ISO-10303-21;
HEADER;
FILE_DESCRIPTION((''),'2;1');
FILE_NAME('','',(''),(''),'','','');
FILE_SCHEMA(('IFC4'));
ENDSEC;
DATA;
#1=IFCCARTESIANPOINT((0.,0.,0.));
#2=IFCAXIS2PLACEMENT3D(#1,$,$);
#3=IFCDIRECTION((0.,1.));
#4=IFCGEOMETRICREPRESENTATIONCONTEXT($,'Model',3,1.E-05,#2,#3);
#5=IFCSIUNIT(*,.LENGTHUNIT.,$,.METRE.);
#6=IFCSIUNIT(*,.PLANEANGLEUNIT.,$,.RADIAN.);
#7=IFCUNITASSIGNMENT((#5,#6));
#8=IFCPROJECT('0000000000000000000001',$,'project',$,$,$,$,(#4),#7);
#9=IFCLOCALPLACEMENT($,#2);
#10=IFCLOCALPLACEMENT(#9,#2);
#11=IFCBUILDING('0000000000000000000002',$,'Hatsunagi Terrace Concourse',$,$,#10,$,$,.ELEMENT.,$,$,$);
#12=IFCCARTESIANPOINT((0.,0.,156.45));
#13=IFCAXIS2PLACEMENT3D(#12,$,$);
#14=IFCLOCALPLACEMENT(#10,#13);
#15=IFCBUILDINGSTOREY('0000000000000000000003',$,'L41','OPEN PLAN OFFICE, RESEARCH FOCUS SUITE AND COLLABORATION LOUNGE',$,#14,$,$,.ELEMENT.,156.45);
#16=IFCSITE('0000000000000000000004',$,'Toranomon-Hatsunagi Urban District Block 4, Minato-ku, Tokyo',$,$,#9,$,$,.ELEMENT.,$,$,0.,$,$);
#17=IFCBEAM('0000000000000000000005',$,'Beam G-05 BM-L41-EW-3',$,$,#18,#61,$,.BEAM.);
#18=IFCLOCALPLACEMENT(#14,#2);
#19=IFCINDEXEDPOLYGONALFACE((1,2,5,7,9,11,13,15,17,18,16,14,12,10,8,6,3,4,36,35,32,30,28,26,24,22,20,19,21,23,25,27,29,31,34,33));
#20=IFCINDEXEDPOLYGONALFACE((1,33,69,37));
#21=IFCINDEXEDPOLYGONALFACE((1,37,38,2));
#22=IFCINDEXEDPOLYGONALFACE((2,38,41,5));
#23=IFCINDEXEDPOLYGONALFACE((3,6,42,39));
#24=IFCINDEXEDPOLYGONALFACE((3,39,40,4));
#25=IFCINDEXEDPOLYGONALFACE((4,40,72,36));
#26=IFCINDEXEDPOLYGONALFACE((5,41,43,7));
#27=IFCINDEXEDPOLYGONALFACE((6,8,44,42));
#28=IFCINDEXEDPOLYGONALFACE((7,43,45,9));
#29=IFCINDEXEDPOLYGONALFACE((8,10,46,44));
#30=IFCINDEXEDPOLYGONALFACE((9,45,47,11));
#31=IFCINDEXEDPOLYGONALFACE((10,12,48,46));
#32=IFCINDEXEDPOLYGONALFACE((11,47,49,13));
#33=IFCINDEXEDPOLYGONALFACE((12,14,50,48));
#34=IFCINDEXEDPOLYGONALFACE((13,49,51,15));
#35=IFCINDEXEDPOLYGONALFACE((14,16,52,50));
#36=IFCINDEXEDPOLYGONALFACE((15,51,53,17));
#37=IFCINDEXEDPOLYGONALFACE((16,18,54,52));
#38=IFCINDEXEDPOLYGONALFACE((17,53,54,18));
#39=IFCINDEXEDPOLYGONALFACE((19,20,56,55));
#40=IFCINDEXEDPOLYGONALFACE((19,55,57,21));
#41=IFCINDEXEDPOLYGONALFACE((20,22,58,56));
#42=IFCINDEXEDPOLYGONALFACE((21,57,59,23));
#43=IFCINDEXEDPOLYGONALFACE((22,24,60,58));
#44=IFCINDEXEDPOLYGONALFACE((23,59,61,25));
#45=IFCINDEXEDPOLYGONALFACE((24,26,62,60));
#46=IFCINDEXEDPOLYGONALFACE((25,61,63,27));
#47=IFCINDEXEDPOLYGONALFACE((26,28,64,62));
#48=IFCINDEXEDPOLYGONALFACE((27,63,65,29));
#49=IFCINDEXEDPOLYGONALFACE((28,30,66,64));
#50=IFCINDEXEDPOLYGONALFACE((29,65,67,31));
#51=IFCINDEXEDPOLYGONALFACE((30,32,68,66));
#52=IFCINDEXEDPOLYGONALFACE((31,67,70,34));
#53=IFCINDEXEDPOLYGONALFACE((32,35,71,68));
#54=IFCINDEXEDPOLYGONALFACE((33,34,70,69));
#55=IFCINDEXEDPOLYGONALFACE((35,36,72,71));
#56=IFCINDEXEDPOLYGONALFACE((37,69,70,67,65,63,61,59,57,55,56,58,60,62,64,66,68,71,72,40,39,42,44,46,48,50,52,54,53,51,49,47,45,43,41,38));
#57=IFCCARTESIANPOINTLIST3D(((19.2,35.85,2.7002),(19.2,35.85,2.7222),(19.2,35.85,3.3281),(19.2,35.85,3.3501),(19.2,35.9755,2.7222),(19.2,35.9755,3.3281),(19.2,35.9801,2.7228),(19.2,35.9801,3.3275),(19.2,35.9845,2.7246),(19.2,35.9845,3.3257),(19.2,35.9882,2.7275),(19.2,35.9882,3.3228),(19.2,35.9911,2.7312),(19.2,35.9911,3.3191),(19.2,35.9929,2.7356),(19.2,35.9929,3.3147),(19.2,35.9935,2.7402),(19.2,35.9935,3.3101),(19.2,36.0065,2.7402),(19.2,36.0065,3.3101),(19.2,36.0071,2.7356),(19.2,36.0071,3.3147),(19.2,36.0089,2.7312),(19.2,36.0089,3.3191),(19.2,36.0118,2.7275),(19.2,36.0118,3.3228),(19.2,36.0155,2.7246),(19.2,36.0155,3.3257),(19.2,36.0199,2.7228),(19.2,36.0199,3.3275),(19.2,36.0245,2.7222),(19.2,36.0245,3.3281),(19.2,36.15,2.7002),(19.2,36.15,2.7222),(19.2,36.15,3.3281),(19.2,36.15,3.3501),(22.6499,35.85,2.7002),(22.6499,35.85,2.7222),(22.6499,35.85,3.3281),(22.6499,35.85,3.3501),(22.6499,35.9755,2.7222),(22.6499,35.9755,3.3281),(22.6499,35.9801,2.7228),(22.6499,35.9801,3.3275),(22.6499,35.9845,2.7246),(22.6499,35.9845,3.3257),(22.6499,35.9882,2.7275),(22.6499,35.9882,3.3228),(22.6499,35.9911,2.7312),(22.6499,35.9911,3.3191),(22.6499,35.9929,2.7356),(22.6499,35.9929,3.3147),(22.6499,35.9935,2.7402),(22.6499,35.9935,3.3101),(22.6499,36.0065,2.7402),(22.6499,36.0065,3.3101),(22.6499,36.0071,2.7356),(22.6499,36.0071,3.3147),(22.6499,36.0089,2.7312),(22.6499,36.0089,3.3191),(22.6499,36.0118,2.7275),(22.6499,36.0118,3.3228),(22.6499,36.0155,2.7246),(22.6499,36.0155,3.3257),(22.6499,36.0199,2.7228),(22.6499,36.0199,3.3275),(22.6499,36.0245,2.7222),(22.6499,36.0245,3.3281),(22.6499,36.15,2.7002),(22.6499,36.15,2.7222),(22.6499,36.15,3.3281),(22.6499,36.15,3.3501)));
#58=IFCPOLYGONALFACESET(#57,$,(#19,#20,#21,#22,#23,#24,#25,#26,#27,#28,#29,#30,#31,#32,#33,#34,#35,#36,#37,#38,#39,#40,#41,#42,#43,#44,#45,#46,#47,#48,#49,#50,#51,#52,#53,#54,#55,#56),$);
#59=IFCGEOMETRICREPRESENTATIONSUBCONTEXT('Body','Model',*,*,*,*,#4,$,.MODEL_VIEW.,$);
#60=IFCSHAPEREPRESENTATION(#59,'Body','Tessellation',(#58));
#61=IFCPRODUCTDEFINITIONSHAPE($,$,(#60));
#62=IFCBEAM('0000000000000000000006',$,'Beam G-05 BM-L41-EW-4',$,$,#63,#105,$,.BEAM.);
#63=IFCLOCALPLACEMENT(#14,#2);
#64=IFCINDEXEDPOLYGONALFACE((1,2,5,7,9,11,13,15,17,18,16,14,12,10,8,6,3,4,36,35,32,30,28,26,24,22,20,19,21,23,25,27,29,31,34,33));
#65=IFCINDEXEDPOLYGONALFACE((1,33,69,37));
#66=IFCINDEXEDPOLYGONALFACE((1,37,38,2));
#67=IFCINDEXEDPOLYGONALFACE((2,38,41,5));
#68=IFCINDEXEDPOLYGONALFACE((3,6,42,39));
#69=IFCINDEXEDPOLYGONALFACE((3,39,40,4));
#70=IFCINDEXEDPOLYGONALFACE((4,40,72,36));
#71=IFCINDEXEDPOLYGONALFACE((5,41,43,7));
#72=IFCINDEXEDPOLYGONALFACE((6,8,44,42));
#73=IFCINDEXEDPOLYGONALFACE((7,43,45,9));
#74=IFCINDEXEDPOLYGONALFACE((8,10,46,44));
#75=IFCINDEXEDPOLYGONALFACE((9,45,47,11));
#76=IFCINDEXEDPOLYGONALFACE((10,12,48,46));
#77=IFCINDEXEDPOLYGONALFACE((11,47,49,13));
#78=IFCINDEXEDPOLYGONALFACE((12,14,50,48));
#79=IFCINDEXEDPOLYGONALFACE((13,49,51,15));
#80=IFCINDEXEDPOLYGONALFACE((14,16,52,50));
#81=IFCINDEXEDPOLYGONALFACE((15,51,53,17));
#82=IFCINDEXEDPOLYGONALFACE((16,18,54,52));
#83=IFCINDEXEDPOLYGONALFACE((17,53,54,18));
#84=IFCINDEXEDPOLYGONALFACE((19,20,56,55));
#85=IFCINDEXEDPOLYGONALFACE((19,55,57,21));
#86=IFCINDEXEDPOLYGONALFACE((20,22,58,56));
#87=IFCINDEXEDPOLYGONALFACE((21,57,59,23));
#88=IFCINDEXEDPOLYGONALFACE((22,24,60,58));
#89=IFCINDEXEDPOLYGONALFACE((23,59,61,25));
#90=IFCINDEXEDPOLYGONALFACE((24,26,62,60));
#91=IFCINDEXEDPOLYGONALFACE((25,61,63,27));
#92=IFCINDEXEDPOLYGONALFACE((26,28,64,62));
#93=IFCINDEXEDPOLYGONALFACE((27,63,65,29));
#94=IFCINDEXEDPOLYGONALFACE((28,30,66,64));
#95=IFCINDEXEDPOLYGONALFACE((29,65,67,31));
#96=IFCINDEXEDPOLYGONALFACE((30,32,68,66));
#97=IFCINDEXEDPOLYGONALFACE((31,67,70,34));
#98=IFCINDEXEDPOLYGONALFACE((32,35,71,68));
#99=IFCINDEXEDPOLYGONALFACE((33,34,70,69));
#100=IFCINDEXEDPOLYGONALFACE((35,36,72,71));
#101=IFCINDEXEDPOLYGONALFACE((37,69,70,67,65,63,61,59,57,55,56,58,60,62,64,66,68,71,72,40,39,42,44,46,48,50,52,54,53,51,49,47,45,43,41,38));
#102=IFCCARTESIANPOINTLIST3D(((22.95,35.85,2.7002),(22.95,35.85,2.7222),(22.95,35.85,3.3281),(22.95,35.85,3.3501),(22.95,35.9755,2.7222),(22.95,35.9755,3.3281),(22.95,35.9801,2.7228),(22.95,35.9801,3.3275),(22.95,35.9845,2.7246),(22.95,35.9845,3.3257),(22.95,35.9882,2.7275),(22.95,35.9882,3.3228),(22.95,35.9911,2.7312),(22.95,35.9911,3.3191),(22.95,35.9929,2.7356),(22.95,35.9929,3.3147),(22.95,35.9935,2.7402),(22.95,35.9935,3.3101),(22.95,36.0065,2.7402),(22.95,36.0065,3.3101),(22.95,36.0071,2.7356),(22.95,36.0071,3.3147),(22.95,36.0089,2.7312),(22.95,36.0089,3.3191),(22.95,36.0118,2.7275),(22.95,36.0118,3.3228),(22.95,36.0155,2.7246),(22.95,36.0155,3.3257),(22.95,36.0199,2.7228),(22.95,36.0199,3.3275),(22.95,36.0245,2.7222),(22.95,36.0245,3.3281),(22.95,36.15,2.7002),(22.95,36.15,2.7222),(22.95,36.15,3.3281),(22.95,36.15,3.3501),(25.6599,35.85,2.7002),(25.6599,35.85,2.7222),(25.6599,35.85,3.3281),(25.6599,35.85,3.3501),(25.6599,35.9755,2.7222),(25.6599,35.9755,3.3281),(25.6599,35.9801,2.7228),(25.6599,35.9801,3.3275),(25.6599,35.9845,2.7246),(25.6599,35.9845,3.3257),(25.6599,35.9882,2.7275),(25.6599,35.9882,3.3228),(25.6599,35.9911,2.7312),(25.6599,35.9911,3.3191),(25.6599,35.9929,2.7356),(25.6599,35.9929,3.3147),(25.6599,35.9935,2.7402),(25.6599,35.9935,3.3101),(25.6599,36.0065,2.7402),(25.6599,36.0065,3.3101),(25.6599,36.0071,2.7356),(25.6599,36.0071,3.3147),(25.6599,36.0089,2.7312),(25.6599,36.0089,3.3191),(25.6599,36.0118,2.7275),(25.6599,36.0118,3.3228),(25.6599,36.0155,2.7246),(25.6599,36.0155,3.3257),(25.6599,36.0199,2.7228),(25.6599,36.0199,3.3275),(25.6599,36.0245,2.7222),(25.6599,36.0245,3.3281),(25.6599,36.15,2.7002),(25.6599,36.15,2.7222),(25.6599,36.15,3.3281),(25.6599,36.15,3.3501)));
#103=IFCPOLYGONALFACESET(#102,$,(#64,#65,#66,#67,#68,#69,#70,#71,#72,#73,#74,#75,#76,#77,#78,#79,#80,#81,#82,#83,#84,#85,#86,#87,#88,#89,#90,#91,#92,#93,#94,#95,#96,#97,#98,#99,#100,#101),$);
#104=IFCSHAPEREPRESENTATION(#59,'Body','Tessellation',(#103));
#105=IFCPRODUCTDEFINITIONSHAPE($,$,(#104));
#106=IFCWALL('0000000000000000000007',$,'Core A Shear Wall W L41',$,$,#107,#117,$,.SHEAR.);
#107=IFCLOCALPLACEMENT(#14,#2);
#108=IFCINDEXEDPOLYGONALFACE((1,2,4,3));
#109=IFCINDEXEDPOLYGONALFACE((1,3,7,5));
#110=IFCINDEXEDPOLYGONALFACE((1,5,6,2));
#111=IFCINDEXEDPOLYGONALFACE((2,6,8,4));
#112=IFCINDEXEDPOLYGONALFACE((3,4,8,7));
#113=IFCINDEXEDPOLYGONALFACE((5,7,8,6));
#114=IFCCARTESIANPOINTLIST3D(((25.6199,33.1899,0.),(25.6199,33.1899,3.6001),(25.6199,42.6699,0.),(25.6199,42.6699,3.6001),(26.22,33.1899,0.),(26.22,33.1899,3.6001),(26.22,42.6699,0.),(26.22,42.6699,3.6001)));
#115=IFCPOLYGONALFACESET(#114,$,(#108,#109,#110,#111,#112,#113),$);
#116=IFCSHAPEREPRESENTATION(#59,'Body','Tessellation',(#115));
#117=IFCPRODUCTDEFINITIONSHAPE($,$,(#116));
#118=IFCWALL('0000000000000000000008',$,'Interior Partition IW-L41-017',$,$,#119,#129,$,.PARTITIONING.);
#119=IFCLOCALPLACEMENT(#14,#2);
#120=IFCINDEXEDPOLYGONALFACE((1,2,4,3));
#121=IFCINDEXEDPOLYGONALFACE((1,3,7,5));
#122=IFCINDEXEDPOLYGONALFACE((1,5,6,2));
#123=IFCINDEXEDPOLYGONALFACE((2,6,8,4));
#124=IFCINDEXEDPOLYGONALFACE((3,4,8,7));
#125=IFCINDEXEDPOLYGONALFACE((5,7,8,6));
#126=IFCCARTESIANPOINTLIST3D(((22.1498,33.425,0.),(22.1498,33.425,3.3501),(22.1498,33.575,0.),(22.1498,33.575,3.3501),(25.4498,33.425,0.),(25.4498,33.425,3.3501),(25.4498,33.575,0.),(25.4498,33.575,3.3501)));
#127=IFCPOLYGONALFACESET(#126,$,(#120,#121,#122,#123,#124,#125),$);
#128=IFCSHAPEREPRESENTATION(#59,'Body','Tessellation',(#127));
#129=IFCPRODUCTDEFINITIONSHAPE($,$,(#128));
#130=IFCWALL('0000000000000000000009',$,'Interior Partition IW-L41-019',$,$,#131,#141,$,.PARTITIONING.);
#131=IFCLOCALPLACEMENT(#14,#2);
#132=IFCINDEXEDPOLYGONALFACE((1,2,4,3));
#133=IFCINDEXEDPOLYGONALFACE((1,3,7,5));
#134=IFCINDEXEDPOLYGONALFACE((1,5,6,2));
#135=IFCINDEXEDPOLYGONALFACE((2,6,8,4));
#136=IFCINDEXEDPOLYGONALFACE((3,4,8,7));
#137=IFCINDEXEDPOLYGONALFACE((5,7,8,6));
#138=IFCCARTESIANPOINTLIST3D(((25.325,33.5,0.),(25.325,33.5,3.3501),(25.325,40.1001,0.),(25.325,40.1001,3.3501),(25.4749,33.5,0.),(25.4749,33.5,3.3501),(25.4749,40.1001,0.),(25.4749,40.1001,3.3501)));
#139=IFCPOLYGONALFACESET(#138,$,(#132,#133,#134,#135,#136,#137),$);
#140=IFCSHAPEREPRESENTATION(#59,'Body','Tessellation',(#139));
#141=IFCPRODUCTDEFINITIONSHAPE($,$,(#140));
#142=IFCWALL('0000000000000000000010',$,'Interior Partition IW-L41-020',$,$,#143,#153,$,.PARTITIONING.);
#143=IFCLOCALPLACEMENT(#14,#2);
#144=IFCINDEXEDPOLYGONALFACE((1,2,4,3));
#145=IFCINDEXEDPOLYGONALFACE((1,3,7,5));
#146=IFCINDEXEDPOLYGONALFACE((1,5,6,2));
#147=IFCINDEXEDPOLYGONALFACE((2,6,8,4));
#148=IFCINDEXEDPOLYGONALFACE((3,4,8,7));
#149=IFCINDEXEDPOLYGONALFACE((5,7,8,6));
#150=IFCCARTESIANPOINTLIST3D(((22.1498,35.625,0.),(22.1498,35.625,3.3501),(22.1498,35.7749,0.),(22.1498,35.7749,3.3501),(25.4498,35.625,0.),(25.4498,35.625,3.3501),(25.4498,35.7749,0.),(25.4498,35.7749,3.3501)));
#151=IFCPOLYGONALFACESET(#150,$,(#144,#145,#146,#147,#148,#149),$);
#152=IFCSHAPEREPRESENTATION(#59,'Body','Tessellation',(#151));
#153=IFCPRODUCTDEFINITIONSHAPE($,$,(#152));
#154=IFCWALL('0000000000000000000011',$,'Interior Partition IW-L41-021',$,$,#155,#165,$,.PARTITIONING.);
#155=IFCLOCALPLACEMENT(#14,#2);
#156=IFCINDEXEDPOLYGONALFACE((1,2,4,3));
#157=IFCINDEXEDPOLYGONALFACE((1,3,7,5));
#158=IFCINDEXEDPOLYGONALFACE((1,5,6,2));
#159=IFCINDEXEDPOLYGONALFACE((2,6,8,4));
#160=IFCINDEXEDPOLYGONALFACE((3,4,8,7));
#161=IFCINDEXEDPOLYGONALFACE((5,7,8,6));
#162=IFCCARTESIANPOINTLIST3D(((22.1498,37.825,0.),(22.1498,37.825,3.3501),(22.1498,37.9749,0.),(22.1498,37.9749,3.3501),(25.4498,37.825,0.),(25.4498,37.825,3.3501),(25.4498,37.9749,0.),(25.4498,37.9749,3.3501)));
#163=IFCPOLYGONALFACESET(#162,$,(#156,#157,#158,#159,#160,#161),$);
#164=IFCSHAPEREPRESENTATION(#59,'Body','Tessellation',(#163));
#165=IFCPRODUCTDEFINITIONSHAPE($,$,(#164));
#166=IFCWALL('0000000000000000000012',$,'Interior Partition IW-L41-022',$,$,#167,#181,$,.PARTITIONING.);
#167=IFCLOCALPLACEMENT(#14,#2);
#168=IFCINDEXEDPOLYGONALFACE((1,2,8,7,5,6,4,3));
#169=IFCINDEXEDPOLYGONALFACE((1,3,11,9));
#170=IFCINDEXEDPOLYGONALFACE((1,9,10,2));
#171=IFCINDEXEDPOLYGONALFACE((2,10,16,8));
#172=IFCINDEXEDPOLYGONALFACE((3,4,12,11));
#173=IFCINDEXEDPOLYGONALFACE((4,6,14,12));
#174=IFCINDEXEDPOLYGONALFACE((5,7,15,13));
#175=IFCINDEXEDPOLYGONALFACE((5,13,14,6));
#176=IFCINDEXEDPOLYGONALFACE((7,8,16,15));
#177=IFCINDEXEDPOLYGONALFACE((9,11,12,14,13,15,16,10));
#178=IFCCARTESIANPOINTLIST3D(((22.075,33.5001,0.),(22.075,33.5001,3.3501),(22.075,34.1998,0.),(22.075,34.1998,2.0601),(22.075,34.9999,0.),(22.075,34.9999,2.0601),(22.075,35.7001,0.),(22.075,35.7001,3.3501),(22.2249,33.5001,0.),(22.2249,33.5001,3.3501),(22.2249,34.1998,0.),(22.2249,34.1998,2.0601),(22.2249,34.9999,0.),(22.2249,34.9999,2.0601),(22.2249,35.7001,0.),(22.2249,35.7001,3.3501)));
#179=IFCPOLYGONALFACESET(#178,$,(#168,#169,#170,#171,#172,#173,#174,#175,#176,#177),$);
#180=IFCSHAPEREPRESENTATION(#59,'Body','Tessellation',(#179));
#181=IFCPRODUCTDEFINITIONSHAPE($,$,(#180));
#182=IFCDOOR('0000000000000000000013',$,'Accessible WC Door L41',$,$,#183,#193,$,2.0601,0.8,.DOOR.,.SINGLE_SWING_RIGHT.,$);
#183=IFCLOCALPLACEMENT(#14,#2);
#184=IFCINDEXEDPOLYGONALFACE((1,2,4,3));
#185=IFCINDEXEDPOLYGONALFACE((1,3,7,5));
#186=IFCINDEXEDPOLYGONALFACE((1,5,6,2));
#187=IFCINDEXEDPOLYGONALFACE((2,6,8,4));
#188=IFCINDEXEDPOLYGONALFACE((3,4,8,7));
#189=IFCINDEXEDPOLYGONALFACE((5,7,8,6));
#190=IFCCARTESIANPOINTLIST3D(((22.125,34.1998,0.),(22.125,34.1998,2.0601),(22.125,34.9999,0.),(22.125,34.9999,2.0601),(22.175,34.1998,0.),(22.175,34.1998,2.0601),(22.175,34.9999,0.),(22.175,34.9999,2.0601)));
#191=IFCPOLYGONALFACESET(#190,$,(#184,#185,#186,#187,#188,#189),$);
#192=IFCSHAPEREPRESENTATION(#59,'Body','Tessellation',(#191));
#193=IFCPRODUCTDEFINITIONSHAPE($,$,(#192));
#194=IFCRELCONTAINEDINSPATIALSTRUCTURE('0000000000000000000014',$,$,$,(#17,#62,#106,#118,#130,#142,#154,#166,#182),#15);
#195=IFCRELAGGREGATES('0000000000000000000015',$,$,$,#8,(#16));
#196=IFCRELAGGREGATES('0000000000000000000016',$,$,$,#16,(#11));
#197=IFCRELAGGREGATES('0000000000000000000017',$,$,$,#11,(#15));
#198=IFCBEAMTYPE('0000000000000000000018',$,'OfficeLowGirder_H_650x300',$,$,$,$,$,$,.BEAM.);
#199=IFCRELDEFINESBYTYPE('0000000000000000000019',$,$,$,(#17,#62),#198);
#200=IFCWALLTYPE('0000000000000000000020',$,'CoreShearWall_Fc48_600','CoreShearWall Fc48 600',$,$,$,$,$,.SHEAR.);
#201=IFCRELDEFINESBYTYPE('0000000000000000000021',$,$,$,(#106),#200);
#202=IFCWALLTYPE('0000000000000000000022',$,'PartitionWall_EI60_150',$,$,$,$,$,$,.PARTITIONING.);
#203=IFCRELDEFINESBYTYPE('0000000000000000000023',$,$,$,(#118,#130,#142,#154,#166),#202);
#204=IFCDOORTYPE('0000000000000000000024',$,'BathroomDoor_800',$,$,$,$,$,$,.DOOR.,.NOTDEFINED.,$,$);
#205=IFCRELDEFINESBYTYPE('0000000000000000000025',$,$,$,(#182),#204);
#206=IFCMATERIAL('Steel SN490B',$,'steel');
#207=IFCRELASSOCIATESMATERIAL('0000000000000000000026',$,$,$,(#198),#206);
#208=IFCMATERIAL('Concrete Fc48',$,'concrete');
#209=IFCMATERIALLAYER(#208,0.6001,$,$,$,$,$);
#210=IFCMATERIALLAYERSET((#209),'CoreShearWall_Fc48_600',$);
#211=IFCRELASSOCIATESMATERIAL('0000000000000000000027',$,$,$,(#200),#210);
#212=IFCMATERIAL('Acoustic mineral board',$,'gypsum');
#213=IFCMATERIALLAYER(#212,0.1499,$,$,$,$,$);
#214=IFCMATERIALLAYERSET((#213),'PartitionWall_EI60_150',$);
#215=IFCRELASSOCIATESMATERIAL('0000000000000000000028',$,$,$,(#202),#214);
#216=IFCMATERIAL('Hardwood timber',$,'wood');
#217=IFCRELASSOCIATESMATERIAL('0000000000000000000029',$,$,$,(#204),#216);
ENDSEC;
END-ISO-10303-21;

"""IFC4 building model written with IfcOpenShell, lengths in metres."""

from ifc_helpers import new_model, si_unit, direction, frame, frame_2d, origin, origin_2d, place, context, subcontext, project, spatial, rectangle, i_section, extrude, material, layer, layer_set, material_profile, profile_set, type_object, element, fill, save


model = new_model("IFC4")

# Units and contexts
model_context = context("Model", 3, precision=1e-05, world=origin(), true_north=direction((0.0, 1.0)))
body_context = subcontext(model_context, "Body", "Model", "MODEL_VIEW")
ifc_project = project(units=[si_unit("LENGTHUNIT", "METRE"), si_unit("PLANEANGLEUNIT", "RADIAN")], contexts=[model_context])

# Site, building, storey
site_placement = place(None, origin())
site = spatial("IfcSite", under=ifc_project, at=site_placement, Name="Toranomon-Hatsunagi Urban District Block 4, Minato-ku, Tokyo", CompositionType="ELEMENT", RefElevation=0.0)
building_placement = place(site_placement, origin())
building = spatial("IfcBuilding", under=site, at=building_placement, Name="Hatsunagi Terrace Concourse", CompositionType="ELEMENT")
storey_placement = place(building_placement, frame((0.0, 0.0, 156.45)))
storey = spatial("IfcBuildingStorey", under=building, at=storey_placement, Name="L41", Description="OPEN PLAN OFFICE, RESEARCH FOCUS SUITE AND COLLABORATION LOUNGE", CompositionType="ELEMENT", Elevation=156.45)

# Beams
ifc_material_1 = material(Name="Steel SN490B", Category="steel")
ifc_material_profile_1 = material_profile(ifc_material_1, i_section(OverallWidth=0.3, OverallDepth=0.6499, WebThickness=0.0129, FlangeThickness=0.022, FilletRadius=0.0181, at=origin_2d()), Name="H-650x300x13x22")
ifc_profile_set_1 = profile_set([ifc_material_profile_1], Name="Steel SN490B")
beam_type_1 = type_object("IfcBeamType", Name="OfficeLowGirder_H_650x300", PredefinedType="BEAM", material=ifc_profile_set_1)
beam_1_placement = place(storey_placement, frame((19.2, 36.0, 3.0251), z_axis=(1.0, 0.0, 0.0), x_axis=(0.0, 1.0, 0.0)))
element("IfcBeam", 1, at=beam_1_placement, inside=storey, type_object=beam_type_1, Name="Beam G-05 BM-L41-EW-3", PredefinedType="BEAM", context=body_context, shape_type="SweptSolid", body=[
    extrude(i_section(OverallWidth=0.3, OverallDepth=0.6499, WebThickness=0.0129, FlangeThickness=0.022, FilletRadius=0.0181, at=origin_2d()), origin(), (0.0, 0.0, 1.0), 3.45),
])
beam_2_placement = place(storey_placement, frame((22.95, 36.0, 3.0251), z_axis=(1.0, 0.0, 0.0), x_axis=(0.0, 1.0, 0.0)))
element("IfcBeam", 2, at=beam_2_placement, inside=storey, type_object=beam_type_1, Name="Beam G-05 BM-L41-EW-4", PredefinedType="BEAM", context=body_context, shape_type="SweptSolid", body=[
    extrude(i_section(OverallWidth=0.3, OverallDepth=0.6499, WebThickness=0.0129, FlangeThickness=0.022, FilletRadius=0.0181, at=origin_2d()), origin(), (0.0, 0.0, 1.0), 2.71),
])

# Shared definitions
ifc_material_2 = material(Name="Concrete Fc48", Category="concrete")
ifc_layer_1 = layer(ifc_material_2, 0.6001)
ifc_layer_set_1 = layer_set([ifc_layer_1], Name="CoreShearWall_Fc48_600")
wall_type_1 = type_object("IfcWallType", Name="CoreShearWall_Fc48_600", Description="CoreShearWall Fc48 600", PredefinedType="SHEAR", material=ifc_layer_set_1)

# Walls
wall_1_placement = place(storey_placement, frame((25.9199, 33.1899, 0.0), z_axis=(0.0, 0.0, 1.0), x_axis=(0.0, 1.0, 0.0)))
element("IfcWall", 3, at=wall_1_placement, inside=storey, type_object=wall_type_1, Name="Core A Shear Wall W L41", PredefinedType="SHEAR", context=body_context, shape_type="SweptSolid", body=[
    extrude(rectangle(XDim=9.48, YDim=0.6001, at=frame_2d((4.74, 0.0))), origin(), (0.0, 0.0, 1.0), 3.6001),
])
ifc_material_3 = material(Name="Acoustic mineral board", Category="gypsum")
ifc_layer_2 = layer(ifc_material_3, 0.1499)
ifc_layer_set_2 = layer_set([ifc_layer_2], Name="PartitionWall_EI60_150")
wall_type_2 = type_object("IfcWallType", Name="PartitionWall_EI60_150", PredefinedType="PARTITIONING", material=ifc_layer_set_2)
wall_2_placement = place(storey_placement, frame((22.1499, 33.5, 0.0), z_axis=(0.0, 0.0, 1.0), x_axis=(1.0, 0.0, 0.0)))
element("IfcWall", 4, at=wall_2_placement, inside=storey, type_object=wall_type_2, Name="Interior Partition IW-L41-017", PredefinedType="PARTITIONING", context=body_context, shape_type="SweptSolid", body=[
    extrude(rectangle(XDim=3.3, YDim=0.1499, at=frame_2d((1.6499, 0.0))), origin(), (0.0, 0.0, 1.0), 3.3501),
])
wall_3_placement = place(storey_placement, frame((25.3999, 33.5, 0.0), z_axis=(0.0, 0.0, 1.0), x_axis=(0.0, 1.0, 0.0)))
element("IfcWall", 5, at=wall_3_placement, inside=storey, type_object=wall_type_2, Name="Interior Partition IW-L41-019", PredefinedType="PARTITIONING", context=body_context, shape_type="SweptSolid", body=[
    extrude(rectangle(XDim=6.6001, YDim=0.1499, at=frame_2d((3.3, 0.0))), origin(), (0.0, 0.0, 1.0), 3.3501),
])
for number, where, z_axis, x_axis, name in (
    (6, (22.1499, 35.7, 0.0), (0.0, 0.0, 1.0), (1.0, 0.0, 0.0), "Interior Partition IW-L41-020"),
    (7, (22.1499, 37.8999, 0.0), (0.0, 0.0, 1.0), (1.0, 0.0, 0.0), "Interior Partition IW-L41-021"),
):
    element("IfcWall", number, at=place(storey_placement, frame(where, z_axis=z_axis, x_axis=x_axis)), inside=storey, type_object=wall_type_2, Name=name, PredefinedType="PARTITIONING", context=body_context, shape_type="SweptSolid", body=[
        extrude(rectangle(XDim=3.3, YDim=0.1499, at=frame_2d((1.6499, 0.0))), origin(), (0.0, 0.0, 1.0), 3.3501),
    ])

# Wall, opening, door
wall_4_placement = place(storey_placement, frame((22.1499, 33.5, 0.0), z_axis=(0.0, 0.0, 1.0), x_axis=(0.0, 1.0, 0.0)))
wall_4 = element("IfcWall", 8, at=wall_4_placement, inside=storey, type_object=wall_type_2, Name="Interior Partition IW-L41-022", PredefinedType="PARTITIONING", context=body_context, shape_type="SweptSolid", body=[
    extrude(rectangle(XDim=2.2, YDim=0.1499, at=frame_2d((1.1001, 0.0))), origin(), (0.0, 0.0, 1.0), 3.3501),
])
opening_1_placement = place(wall_4_placement, frame((0.7, 0.0, 0.0)))
opening_1 = element("IfcOpeningElement", 9, at=opening_1_placement, cuts=wall_4, PredefinedType="OPENING", context=body_context, shape_type="SweptSolid", body=[
    extrude(rectangle(XDim=0.8, YDim=2.0601, at=frame_2d((0.3999, 1.03))), frame((0.0, 0.085, 0.0), z_axis=(0.0, -1.0, 0.0), x_axis=(1.0, 0.0, 0.0)), (0.0, 0.0, 1.0), 0.1699),
])
ifc_material_4 = material(Name="Hardwood timber", Category="wood")
door_type_1 = type_object("IfcDoorType", Name="BathroomDoor_800", OperationType="NOTDEFINED", PredefinedType="DOOR", material=ifc_material_4)
door_1_placement = place(opening_1_placement, origin())
door_1 = element("IfcDoor", 10, at=door_1_placement, inside=storey, type_object=door_type_1, Name="Accessible WC Door L41", OperationType="SINGLE_SWING_RIGHT", OverallHeight=2.0601, OverallWidth=0.8, PredefinedType="DOOR", context=body_context, shape_type="SweptSolid", body=[
    extrude(rectangle(XDim=0.8, YDim=2.0601, at=frame_2d((0.3999, 1.03))), frame((0.0, 0.0249, 0.0), z_axis=(0.0, -1.0, 0.0), x_axis=(1.0, 0.0, 0.0)), (0.0, 0.0, 1.0), 0.05),
])
fill(opening_1, door_1)

save(model, "model.ifc")
